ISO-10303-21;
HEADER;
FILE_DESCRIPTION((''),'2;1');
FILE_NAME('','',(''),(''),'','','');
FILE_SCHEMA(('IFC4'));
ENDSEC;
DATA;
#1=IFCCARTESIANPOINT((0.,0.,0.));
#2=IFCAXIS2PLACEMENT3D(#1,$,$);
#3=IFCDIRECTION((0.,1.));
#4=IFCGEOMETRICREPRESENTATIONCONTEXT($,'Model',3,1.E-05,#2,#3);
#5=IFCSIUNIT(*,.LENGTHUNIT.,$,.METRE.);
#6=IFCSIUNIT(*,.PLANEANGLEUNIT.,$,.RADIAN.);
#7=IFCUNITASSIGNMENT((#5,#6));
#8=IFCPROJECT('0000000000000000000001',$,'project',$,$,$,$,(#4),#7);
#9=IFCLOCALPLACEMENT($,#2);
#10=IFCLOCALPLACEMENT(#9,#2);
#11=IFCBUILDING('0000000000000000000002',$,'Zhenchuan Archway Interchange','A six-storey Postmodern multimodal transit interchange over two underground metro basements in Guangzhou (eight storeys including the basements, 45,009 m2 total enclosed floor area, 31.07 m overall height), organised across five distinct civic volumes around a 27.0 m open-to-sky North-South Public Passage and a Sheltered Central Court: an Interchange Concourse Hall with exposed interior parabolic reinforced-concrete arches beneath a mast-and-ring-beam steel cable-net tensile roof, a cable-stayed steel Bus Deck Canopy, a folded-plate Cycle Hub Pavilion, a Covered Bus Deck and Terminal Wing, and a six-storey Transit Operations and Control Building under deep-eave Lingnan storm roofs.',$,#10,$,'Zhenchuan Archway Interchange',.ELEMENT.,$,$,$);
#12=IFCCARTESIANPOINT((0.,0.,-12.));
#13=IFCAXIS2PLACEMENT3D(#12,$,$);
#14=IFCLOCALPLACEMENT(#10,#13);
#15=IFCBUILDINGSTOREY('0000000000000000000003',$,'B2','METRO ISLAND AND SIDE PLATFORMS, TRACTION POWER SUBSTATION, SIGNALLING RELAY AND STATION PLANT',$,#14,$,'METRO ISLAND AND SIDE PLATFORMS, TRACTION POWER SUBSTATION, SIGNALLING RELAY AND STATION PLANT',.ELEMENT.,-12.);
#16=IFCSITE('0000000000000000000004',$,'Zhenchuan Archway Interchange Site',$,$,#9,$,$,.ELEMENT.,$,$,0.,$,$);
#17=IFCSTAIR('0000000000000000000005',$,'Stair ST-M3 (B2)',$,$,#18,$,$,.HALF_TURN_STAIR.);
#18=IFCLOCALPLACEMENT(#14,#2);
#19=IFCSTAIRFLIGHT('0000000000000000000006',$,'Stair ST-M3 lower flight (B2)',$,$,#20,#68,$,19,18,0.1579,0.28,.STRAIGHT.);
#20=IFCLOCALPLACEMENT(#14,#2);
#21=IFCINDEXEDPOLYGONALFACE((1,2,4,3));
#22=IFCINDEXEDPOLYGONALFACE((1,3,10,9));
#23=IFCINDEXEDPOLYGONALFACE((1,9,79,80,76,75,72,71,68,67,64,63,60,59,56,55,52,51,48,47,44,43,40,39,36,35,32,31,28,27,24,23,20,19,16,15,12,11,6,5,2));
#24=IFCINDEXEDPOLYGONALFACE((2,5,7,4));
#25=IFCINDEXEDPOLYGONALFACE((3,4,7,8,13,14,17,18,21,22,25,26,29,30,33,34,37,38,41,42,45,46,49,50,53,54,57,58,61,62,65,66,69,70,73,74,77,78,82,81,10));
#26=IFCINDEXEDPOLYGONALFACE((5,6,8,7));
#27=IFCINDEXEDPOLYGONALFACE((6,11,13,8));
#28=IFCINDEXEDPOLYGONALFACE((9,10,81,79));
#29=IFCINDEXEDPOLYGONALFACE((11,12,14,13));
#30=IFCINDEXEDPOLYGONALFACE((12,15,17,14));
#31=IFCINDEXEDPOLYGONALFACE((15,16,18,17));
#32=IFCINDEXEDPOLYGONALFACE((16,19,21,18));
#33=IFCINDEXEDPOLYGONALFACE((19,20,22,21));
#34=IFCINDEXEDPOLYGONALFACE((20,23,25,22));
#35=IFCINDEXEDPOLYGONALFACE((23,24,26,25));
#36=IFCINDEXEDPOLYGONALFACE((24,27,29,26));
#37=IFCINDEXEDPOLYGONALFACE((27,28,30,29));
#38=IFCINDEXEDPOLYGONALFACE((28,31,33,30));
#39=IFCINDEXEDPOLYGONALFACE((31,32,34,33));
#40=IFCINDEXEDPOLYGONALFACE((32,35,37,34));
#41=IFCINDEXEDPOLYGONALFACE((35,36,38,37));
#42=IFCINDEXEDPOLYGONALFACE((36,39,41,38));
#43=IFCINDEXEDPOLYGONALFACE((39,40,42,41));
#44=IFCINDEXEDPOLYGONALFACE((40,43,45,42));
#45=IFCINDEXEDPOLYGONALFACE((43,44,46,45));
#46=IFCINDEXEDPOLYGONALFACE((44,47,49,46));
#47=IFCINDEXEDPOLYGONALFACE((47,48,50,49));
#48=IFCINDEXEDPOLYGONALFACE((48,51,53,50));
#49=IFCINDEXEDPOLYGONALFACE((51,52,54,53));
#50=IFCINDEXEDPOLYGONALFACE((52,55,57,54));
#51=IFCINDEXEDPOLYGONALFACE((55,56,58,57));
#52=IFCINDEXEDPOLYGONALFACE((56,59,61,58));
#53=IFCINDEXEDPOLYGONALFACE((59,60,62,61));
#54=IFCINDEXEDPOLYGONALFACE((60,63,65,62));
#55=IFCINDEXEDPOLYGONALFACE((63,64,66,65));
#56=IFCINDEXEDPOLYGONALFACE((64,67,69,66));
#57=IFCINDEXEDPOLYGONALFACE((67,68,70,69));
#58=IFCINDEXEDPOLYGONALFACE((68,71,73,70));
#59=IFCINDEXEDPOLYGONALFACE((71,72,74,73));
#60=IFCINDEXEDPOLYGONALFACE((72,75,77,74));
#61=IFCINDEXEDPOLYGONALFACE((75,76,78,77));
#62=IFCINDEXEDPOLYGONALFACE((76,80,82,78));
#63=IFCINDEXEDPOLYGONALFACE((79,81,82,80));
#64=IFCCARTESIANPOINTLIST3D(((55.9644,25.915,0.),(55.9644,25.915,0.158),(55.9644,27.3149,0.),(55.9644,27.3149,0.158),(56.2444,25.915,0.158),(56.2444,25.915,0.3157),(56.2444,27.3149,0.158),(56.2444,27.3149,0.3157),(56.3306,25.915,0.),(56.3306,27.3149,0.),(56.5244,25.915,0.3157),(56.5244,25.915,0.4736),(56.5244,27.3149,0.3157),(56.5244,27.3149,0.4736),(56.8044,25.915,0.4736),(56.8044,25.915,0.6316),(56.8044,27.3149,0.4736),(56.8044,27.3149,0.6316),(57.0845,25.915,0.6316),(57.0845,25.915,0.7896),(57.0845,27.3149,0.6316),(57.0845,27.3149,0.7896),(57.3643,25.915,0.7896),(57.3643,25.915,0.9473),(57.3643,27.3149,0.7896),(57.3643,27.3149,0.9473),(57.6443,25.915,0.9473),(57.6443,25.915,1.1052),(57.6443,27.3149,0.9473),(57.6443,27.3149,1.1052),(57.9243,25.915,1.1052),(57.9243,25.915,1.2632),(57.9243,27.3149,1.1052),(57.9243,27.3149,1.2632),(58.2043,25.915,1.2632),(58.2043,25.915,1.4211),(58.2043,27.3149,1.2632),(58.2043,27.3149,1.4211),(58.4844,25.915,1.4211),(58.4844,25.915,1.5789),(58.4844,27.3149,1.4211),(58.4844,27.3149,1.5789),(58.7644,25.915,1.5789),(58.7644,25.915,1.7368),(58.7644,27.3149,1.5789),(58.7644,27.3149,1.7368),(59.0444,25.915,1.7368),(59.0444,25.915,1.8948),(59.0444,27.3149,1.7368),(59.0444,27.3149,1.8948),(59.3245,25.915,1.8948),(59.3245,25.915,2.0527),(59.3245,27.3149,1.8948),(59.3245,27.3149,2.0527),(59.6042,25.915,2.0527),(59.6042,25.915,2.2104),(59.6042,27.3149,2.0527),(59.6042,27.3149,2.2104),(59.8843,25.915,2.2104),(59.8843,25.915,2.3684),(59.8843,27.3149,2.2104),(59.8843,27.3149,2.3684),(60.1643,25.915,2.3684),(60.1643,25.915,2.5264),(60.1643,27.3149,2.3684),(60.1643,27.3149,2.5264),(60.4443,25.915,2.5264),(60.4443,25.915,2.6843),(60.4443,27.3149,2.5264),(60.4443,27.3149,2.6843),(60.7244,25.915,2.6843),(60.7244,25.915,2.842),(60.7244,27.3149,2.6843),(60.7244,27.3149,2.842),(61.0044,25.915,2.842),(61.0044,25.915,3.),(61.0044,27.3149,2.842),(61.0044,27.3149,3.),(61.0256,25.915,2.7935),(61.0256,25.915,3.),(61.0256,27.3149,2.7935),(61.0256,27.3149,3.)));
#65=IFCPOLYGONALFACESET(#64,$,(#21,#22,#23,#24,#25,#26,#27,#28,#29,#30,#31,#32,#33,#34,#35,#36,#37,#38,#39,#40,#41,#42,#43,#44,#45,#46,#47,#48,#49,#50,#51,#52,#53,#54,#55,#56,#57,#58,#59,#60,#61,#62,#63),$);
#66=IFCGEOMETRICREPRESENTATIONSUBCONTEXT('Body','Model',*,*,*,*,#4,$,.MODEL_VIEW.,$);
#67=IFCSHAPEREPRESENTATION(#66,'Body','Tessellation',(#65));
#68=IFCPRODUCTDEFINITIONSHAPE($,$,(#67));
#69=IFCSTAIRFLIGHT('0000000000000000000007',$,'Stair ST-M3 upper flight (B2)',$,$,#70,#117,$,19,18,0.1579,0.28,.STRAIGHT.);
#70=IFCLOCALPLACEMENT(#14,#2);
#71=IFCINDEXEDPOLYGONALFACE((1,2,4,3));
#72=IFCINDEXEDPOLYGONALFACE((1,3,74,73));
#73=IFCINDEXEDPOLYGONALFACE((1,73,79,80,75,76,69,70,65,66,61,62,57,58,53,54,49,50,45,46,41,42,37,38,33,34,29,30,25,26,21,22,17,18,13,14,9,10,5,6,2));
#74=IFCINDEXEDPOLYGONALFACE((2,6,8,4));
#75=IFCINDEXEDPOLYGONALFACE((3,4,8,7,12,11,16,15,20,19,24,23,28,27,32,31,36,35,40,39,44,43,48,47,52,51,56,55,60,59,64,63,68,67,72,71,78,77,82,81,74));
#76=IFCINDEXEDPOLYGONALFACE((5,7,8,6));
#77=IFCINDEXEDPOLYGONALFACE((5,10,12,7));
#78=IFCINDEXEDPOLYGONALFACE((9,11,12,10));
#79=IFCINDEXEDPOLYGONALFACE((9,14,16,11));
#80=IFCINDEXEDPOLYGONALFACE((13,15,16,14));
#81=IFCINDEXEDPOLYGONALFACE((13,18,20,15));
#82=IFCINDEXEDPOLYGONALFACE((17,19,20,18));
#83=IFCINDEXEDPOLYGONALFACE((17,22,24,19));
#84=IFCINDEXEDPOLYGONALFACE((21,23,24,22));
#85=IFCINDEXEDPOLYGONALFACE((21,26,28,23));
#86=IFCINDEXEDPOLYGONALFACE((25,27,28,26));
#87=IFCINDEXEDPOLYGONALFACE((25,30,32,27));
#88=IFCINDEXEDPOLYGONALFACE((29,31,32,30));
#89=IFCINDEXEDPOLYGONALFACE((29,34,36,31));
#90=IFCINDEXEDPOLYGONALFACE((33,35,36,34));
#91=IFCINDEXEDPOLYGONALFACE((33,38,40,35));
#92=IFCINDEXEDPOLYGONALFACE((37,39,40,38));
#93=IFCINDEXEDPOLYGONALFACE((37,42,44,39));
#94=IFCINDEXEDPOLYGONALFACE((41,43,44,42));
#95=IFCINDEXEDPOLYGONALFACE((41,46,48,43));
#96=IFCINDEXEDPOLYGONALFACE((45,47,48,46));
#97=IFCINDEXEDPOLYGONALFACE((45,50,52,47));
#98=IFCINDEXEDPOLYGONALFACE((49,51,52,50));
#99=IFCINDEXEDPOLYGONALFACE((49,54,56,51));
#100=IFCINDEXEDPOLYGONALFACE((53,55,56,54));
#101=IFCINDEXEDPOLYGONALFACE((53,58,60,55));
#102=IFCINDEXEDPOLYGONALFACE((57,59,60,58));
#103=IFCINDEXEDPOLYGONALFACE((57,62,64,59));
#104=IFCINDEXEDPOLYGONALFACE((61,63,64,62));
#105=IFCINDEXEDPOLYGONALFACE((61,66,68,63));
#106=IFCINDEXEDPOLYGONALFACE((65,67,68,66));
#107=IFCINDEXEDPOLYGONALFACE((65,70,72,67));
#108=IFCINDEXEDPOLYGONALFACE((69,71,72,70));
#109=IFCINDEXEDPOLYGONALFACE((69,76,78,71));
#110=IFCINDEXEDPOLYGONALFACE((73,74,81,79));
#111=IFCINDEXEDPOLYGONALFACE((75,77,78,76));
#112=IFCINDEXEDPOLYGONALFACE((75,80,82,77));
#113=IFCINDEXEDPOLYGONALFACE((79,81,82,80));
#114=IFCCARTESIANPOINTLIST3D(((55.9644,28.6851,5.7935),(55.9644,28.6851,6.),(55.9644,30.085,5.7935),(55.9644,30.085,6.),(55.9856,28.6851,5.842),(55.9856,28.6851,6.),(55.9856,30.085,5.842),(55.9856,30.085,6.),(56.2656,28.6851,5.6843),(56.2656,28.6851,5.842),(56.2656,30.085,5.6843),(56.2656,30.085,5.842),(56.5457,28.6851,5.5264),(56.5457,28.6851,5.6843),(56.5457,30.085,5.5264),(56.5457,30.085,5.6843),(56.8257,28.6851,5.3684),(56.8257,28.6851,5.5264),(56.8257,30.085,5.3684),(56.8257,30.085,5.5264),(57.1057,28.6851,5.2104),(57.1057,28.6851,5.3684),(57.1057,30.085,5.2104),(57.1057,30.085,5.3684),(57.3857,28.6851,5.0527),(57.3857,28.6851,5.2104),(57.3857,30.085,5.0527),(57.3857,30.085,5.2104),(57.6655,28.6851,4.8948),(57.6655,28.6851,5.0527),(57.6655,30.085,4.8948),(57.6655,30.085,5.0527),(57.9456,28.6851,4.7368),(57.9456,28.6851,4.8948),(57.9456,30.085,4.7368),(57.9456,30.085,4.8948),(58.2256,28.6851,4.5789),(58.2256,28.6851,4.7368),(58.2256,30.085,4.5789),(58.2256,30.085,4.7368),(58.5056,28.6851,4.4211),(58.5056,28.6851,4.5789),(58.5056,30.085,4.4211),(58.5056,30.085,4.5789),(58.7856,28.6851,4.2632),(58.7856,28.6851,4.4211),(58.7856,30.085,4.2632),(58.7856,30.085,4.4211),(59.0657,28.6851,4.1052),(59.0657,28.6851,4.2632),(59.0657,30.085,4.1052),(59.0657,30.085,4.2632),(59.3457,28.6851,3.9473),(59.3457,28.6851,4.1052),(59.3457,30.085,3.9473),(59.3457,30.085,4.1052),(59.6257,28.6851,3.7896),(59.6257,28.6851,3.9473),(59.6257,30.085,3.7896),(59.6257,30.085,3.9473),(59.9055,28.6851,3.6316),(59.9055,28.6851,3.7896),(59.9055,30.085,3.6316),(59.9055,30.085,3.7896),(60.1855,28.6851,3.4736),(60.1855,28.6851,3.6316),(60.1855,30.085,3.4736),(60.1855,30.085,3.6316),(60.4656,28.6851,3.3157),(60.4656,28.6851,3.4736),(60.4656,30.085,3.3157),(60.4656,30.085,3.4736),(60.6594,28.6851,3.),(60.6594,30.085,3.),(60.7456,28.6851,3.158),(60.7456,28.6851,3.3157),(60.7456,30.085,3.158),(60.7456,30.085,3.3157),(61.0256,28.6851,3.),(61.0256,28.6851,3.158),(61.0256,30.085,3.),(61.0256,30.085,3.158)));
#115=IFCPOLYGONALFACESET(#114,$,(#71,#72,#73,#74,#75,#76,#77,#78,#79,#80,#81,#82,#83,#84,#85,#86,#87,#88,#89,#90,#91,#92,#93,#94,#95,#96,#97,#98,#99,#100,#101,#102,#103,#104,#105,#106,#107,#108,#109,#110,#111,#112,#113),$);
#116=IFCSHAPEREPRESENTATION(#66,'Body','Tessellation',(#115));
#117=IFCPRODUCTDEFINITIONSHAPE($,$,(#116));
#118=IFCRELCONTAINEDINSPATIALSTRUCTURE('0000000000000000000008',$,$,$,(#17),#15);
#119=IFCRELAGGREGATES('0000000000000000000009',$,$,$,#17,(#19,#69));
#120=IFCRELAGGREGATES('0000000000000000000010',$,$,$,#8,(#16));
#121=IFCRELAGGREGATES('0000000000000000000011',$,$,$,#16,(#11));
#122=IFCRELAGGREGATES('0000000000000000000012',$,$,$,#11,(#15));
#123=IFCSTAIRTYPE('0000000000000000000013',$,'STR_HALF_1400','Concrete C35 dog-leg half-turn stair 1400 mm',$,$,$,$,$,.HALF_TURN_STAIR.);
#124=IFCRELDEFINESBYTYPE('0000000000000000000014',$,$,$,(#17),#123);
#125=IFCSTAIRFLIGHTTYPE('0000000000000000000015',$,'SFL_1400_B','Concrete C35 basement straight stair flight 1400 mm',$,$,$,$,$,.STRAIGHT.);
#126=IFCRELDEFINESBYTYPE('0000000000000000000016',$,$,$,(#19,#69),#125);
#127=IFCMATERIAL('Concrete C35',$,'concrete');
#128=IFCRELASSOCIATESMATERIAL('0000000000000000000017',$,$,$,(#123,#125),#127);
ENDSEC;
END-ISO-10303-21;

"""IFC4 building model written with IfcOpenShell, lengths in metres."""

from ifc_helpers import new_model, si_unit, direction, frame, origin, place, context, subcontext, project, spatial, polyline, outline, extrude, material, type_object, element, aggregate, save


model = new_model("IFC4")

# Units and contexts
model_context = context("Model", 3, precision=1e-05, world=origin(), true_north=direction((0.0, 1.0)))
body_context = subcontext(model_context, "Body", "Model", "MODEL_VIEW")
ifc_project = project(units=[si_unit("LENGTHUNIT", "METRE"), si_unit("PLANEANGLEUNIT", "RADIAN")], contexts=[model_context])

# Site, building, storey
site_placement = place(None, origin())
site = spatial("IfcSite", under=ifc_project, at=site_placement, Name="Zhenchuan Archway Interchange Site", CompositionType="ELEMENT", RefElevation=0.0)
building_placement = place(site_placement, origin())
building = spatial("IfcBuilding", under=site, at=building_placement, Name="Zhenchuan Archway Interchange", Description="A six-storey Postmodern multimodal transit interchange over two underground metro basements in Guangzhou (eight storeys including the basements, 45,009 m2 total enclosed floor area, 31.07 m overall height), organised across five distinct civic volumes around a 27.0 m open-to-sky North-South Public Passage and a Sheltered Central Court: an Interchange Concourse Hall with exposed interior parabolic reinforced-concrete arches beneath a mast-and-ring-beam steel cable-net tensile roof, a cable-stayed steel Bus Deck Canopy, a folded-plate Cycle Hub Pavilion, a Covered Bus Deck and Terminal Wing, and a six-storey Transit Operations and Control Building under deep-eave Lingnan storm roofs.", LongName="Zhenchuan Archway Interchange", CompositionType="ELEMENT")
storey_placement = place(building_placement, frame((0.0, 0.0, -12.0)))
storey = spatial("IfcBuildingStorey", under=building, at=storey_placement, Name="B2", Description="METRO ISLAND AND SIDE PLATFORMS, TRACTION POWER SUBSTATION, SIGNALLING RELAY AND STATION PLANT", LongName="METRO ISLAND AND SIDE PLATFORMS, TRACTION POWER SUBSTATION, SIGNALLING RELAY AND STATION PLANT", CompositionType="ELEMENT", Elevation=-12.0)

# Shared definitions
ifc_material_1 = material(Name="Concrete C35", Category="concrete")

# Stair, stair flights
stair_type = type_object("IfcStairType", Name="STR_HALF_1400", Description="Concrete C35 dog-leg half-turn stair 1400 mm", PredefinedType="HALF_TURN_STAIR", material=ifc_material_1)
stair_placement = place(storey_placement, origin())
stair = element("IfcStair", 1, at=stair_placement, inside=storey, type_object=stair_type, Name="Stair ST-M3 (B2)", PredefinedType="HALF_TURN_STAIR")
stair_flight_type = type_object("IfcStairFlightType", Name="SFL_1400_B", Description="Concrete C35 basement straight stair flight 1400 mm", PredefinedType="STRAIGHT", material=ifc_material_1)
stair_flight_1_placement = place(storey_placement, frame((55.9644, 26.615, 0.0), z_axis=(0.0, 0.0, 1.0), x_axis=(1.0, 0.0, 0.0)))
stair_flight_1 = element("IfcStairFlight", 2, at=stair_flight_1_placement, type_object=stair_flight_type, Name="Stair ST-M3 lower flight (B2)", NumberOfRisers=19, NumberOfTreads=18, PredefinedType="STRAIGHT", RiserHeight=0.1579, TreadLength=0.28, context=body_context, shape_type="SweptSolid", body=[
    extrude(outline(polyline([(0.0, 0.0), (0.0, 0.158), (0.28, 0.158), (0.28, 0.3157), (0.5601, 0.3157), (0.5601, 0.4736), (0.8401, 0.4736), (0.8401, 0.6316), (1.1201, 0.6316), (1.1201, 0.7896), (1.3999, 0.7896), (1.3999, 0.9473), (1.6799, 0.9473), (1.6799, 1.1052), (1.96, 1.1052), (1.96, 1.2632), (2.24, 1.2632), (2.24, 1.4211), (2.52, 1.4211), (2.52, 1.5789), (2.8, 1.5789), (2.8, 1.7368), (3.0801, 1.7368), (3.0801, 1.8948), (3.3601, 1.8948), (3.3601, 2.0527), (3.6399, 2.0527), (3.6399, 2.2104), (3.9199, 2.2104), (3.9199, 2.3684), (4.2, 2.3684), (4.2, 2.5264), (4.48, 2.5264), (4.48, 2.6843), (4.76, 2.6843), (4.76, 2.842), (5.04, 2.842), (5.04, 3.0), (5.0613, 3.0), (5.0613, 2.7935), (0.3662, 0.0), (0.0, 0.0)])), frame((0.0, 0.7, 0.0), z_axis=(0.0, -1.0, 0.0), x_axis=(1.0, 0.0, 0.0)), (0.0, 0.0, 1.0), 1.3999),
])
stair_flight_2_placement = place(storey_placement, frame((61.0256, 29.385, 3.0), z_axis=(0.0, 0.0, 1.0), x_axis=(-1.0, 0.0, 0.0)))
stair_flight_2 = element("IfcStairFlight", 3, at=stair_flight_2_placement, type_object=stair_flight_type, Name="Stair ST-M3 upper flight (B2)", NumberOfRisers=19, NumberOfTreads=18, PredefinedType="STRAIGHT", RiserHeight=0.1579, TreadLength=0.28, context=body_context, shape_type="SweptSolid", body=[
    extrude(outline(polyline([(0.0, 0.0), (0.0, 0.158), (0.28, 0.158), (0.28, 0.3157), (0.5601, 0.3157), (0.5601, 0.4736), (0.8401, 0.4736), (0.8401, 0.6316), (1.1201, 0.6316), (1.1201, 0.7896), (1.3999, 0.7896), (1.3999, 0.9473), (1.6799, 0.9473), (1.6799, 1.1052), (1.96, 1.1052), (1.96, 1.2632), (2.24, 1.2632), (2.24, 1.4211), (2.52, 1.4211), (2.52, 1.5789), (2.8, 1.5789), (2.8, 1.7368), (3.0801, 1.7368), (3.0801, 1.8948), (3.3601, 1.8948), (3.3601, 2.0527), (3.6399, 2.0527), (3.6399, 2.2104), (3.9199, 2.2104), (3.9199, 2.3684), (4.2, 2.3684), (4.2, 2.5264), (4.48, 2.5264), (4.48, 2.6843), (4.76, 2.6843), (4.76, 2.842), (5.04, 2.842), (5.04, 3.0), (5.0613, 3.0), (5.0613, 2.7935), (0.3662, 0.0), (0.0, 0.0)])), frame((0.0, 0.7, 0.0), z_axis=(0.0, -1.0, 0.0), x_axis=(1.0, 0.0, 0.0)), (0.0, 0.0, 1.0), 1.3999),
])
aggregate(stair, [stair_flight_1, stair_flight_2])

save(model, "model.ifc")
